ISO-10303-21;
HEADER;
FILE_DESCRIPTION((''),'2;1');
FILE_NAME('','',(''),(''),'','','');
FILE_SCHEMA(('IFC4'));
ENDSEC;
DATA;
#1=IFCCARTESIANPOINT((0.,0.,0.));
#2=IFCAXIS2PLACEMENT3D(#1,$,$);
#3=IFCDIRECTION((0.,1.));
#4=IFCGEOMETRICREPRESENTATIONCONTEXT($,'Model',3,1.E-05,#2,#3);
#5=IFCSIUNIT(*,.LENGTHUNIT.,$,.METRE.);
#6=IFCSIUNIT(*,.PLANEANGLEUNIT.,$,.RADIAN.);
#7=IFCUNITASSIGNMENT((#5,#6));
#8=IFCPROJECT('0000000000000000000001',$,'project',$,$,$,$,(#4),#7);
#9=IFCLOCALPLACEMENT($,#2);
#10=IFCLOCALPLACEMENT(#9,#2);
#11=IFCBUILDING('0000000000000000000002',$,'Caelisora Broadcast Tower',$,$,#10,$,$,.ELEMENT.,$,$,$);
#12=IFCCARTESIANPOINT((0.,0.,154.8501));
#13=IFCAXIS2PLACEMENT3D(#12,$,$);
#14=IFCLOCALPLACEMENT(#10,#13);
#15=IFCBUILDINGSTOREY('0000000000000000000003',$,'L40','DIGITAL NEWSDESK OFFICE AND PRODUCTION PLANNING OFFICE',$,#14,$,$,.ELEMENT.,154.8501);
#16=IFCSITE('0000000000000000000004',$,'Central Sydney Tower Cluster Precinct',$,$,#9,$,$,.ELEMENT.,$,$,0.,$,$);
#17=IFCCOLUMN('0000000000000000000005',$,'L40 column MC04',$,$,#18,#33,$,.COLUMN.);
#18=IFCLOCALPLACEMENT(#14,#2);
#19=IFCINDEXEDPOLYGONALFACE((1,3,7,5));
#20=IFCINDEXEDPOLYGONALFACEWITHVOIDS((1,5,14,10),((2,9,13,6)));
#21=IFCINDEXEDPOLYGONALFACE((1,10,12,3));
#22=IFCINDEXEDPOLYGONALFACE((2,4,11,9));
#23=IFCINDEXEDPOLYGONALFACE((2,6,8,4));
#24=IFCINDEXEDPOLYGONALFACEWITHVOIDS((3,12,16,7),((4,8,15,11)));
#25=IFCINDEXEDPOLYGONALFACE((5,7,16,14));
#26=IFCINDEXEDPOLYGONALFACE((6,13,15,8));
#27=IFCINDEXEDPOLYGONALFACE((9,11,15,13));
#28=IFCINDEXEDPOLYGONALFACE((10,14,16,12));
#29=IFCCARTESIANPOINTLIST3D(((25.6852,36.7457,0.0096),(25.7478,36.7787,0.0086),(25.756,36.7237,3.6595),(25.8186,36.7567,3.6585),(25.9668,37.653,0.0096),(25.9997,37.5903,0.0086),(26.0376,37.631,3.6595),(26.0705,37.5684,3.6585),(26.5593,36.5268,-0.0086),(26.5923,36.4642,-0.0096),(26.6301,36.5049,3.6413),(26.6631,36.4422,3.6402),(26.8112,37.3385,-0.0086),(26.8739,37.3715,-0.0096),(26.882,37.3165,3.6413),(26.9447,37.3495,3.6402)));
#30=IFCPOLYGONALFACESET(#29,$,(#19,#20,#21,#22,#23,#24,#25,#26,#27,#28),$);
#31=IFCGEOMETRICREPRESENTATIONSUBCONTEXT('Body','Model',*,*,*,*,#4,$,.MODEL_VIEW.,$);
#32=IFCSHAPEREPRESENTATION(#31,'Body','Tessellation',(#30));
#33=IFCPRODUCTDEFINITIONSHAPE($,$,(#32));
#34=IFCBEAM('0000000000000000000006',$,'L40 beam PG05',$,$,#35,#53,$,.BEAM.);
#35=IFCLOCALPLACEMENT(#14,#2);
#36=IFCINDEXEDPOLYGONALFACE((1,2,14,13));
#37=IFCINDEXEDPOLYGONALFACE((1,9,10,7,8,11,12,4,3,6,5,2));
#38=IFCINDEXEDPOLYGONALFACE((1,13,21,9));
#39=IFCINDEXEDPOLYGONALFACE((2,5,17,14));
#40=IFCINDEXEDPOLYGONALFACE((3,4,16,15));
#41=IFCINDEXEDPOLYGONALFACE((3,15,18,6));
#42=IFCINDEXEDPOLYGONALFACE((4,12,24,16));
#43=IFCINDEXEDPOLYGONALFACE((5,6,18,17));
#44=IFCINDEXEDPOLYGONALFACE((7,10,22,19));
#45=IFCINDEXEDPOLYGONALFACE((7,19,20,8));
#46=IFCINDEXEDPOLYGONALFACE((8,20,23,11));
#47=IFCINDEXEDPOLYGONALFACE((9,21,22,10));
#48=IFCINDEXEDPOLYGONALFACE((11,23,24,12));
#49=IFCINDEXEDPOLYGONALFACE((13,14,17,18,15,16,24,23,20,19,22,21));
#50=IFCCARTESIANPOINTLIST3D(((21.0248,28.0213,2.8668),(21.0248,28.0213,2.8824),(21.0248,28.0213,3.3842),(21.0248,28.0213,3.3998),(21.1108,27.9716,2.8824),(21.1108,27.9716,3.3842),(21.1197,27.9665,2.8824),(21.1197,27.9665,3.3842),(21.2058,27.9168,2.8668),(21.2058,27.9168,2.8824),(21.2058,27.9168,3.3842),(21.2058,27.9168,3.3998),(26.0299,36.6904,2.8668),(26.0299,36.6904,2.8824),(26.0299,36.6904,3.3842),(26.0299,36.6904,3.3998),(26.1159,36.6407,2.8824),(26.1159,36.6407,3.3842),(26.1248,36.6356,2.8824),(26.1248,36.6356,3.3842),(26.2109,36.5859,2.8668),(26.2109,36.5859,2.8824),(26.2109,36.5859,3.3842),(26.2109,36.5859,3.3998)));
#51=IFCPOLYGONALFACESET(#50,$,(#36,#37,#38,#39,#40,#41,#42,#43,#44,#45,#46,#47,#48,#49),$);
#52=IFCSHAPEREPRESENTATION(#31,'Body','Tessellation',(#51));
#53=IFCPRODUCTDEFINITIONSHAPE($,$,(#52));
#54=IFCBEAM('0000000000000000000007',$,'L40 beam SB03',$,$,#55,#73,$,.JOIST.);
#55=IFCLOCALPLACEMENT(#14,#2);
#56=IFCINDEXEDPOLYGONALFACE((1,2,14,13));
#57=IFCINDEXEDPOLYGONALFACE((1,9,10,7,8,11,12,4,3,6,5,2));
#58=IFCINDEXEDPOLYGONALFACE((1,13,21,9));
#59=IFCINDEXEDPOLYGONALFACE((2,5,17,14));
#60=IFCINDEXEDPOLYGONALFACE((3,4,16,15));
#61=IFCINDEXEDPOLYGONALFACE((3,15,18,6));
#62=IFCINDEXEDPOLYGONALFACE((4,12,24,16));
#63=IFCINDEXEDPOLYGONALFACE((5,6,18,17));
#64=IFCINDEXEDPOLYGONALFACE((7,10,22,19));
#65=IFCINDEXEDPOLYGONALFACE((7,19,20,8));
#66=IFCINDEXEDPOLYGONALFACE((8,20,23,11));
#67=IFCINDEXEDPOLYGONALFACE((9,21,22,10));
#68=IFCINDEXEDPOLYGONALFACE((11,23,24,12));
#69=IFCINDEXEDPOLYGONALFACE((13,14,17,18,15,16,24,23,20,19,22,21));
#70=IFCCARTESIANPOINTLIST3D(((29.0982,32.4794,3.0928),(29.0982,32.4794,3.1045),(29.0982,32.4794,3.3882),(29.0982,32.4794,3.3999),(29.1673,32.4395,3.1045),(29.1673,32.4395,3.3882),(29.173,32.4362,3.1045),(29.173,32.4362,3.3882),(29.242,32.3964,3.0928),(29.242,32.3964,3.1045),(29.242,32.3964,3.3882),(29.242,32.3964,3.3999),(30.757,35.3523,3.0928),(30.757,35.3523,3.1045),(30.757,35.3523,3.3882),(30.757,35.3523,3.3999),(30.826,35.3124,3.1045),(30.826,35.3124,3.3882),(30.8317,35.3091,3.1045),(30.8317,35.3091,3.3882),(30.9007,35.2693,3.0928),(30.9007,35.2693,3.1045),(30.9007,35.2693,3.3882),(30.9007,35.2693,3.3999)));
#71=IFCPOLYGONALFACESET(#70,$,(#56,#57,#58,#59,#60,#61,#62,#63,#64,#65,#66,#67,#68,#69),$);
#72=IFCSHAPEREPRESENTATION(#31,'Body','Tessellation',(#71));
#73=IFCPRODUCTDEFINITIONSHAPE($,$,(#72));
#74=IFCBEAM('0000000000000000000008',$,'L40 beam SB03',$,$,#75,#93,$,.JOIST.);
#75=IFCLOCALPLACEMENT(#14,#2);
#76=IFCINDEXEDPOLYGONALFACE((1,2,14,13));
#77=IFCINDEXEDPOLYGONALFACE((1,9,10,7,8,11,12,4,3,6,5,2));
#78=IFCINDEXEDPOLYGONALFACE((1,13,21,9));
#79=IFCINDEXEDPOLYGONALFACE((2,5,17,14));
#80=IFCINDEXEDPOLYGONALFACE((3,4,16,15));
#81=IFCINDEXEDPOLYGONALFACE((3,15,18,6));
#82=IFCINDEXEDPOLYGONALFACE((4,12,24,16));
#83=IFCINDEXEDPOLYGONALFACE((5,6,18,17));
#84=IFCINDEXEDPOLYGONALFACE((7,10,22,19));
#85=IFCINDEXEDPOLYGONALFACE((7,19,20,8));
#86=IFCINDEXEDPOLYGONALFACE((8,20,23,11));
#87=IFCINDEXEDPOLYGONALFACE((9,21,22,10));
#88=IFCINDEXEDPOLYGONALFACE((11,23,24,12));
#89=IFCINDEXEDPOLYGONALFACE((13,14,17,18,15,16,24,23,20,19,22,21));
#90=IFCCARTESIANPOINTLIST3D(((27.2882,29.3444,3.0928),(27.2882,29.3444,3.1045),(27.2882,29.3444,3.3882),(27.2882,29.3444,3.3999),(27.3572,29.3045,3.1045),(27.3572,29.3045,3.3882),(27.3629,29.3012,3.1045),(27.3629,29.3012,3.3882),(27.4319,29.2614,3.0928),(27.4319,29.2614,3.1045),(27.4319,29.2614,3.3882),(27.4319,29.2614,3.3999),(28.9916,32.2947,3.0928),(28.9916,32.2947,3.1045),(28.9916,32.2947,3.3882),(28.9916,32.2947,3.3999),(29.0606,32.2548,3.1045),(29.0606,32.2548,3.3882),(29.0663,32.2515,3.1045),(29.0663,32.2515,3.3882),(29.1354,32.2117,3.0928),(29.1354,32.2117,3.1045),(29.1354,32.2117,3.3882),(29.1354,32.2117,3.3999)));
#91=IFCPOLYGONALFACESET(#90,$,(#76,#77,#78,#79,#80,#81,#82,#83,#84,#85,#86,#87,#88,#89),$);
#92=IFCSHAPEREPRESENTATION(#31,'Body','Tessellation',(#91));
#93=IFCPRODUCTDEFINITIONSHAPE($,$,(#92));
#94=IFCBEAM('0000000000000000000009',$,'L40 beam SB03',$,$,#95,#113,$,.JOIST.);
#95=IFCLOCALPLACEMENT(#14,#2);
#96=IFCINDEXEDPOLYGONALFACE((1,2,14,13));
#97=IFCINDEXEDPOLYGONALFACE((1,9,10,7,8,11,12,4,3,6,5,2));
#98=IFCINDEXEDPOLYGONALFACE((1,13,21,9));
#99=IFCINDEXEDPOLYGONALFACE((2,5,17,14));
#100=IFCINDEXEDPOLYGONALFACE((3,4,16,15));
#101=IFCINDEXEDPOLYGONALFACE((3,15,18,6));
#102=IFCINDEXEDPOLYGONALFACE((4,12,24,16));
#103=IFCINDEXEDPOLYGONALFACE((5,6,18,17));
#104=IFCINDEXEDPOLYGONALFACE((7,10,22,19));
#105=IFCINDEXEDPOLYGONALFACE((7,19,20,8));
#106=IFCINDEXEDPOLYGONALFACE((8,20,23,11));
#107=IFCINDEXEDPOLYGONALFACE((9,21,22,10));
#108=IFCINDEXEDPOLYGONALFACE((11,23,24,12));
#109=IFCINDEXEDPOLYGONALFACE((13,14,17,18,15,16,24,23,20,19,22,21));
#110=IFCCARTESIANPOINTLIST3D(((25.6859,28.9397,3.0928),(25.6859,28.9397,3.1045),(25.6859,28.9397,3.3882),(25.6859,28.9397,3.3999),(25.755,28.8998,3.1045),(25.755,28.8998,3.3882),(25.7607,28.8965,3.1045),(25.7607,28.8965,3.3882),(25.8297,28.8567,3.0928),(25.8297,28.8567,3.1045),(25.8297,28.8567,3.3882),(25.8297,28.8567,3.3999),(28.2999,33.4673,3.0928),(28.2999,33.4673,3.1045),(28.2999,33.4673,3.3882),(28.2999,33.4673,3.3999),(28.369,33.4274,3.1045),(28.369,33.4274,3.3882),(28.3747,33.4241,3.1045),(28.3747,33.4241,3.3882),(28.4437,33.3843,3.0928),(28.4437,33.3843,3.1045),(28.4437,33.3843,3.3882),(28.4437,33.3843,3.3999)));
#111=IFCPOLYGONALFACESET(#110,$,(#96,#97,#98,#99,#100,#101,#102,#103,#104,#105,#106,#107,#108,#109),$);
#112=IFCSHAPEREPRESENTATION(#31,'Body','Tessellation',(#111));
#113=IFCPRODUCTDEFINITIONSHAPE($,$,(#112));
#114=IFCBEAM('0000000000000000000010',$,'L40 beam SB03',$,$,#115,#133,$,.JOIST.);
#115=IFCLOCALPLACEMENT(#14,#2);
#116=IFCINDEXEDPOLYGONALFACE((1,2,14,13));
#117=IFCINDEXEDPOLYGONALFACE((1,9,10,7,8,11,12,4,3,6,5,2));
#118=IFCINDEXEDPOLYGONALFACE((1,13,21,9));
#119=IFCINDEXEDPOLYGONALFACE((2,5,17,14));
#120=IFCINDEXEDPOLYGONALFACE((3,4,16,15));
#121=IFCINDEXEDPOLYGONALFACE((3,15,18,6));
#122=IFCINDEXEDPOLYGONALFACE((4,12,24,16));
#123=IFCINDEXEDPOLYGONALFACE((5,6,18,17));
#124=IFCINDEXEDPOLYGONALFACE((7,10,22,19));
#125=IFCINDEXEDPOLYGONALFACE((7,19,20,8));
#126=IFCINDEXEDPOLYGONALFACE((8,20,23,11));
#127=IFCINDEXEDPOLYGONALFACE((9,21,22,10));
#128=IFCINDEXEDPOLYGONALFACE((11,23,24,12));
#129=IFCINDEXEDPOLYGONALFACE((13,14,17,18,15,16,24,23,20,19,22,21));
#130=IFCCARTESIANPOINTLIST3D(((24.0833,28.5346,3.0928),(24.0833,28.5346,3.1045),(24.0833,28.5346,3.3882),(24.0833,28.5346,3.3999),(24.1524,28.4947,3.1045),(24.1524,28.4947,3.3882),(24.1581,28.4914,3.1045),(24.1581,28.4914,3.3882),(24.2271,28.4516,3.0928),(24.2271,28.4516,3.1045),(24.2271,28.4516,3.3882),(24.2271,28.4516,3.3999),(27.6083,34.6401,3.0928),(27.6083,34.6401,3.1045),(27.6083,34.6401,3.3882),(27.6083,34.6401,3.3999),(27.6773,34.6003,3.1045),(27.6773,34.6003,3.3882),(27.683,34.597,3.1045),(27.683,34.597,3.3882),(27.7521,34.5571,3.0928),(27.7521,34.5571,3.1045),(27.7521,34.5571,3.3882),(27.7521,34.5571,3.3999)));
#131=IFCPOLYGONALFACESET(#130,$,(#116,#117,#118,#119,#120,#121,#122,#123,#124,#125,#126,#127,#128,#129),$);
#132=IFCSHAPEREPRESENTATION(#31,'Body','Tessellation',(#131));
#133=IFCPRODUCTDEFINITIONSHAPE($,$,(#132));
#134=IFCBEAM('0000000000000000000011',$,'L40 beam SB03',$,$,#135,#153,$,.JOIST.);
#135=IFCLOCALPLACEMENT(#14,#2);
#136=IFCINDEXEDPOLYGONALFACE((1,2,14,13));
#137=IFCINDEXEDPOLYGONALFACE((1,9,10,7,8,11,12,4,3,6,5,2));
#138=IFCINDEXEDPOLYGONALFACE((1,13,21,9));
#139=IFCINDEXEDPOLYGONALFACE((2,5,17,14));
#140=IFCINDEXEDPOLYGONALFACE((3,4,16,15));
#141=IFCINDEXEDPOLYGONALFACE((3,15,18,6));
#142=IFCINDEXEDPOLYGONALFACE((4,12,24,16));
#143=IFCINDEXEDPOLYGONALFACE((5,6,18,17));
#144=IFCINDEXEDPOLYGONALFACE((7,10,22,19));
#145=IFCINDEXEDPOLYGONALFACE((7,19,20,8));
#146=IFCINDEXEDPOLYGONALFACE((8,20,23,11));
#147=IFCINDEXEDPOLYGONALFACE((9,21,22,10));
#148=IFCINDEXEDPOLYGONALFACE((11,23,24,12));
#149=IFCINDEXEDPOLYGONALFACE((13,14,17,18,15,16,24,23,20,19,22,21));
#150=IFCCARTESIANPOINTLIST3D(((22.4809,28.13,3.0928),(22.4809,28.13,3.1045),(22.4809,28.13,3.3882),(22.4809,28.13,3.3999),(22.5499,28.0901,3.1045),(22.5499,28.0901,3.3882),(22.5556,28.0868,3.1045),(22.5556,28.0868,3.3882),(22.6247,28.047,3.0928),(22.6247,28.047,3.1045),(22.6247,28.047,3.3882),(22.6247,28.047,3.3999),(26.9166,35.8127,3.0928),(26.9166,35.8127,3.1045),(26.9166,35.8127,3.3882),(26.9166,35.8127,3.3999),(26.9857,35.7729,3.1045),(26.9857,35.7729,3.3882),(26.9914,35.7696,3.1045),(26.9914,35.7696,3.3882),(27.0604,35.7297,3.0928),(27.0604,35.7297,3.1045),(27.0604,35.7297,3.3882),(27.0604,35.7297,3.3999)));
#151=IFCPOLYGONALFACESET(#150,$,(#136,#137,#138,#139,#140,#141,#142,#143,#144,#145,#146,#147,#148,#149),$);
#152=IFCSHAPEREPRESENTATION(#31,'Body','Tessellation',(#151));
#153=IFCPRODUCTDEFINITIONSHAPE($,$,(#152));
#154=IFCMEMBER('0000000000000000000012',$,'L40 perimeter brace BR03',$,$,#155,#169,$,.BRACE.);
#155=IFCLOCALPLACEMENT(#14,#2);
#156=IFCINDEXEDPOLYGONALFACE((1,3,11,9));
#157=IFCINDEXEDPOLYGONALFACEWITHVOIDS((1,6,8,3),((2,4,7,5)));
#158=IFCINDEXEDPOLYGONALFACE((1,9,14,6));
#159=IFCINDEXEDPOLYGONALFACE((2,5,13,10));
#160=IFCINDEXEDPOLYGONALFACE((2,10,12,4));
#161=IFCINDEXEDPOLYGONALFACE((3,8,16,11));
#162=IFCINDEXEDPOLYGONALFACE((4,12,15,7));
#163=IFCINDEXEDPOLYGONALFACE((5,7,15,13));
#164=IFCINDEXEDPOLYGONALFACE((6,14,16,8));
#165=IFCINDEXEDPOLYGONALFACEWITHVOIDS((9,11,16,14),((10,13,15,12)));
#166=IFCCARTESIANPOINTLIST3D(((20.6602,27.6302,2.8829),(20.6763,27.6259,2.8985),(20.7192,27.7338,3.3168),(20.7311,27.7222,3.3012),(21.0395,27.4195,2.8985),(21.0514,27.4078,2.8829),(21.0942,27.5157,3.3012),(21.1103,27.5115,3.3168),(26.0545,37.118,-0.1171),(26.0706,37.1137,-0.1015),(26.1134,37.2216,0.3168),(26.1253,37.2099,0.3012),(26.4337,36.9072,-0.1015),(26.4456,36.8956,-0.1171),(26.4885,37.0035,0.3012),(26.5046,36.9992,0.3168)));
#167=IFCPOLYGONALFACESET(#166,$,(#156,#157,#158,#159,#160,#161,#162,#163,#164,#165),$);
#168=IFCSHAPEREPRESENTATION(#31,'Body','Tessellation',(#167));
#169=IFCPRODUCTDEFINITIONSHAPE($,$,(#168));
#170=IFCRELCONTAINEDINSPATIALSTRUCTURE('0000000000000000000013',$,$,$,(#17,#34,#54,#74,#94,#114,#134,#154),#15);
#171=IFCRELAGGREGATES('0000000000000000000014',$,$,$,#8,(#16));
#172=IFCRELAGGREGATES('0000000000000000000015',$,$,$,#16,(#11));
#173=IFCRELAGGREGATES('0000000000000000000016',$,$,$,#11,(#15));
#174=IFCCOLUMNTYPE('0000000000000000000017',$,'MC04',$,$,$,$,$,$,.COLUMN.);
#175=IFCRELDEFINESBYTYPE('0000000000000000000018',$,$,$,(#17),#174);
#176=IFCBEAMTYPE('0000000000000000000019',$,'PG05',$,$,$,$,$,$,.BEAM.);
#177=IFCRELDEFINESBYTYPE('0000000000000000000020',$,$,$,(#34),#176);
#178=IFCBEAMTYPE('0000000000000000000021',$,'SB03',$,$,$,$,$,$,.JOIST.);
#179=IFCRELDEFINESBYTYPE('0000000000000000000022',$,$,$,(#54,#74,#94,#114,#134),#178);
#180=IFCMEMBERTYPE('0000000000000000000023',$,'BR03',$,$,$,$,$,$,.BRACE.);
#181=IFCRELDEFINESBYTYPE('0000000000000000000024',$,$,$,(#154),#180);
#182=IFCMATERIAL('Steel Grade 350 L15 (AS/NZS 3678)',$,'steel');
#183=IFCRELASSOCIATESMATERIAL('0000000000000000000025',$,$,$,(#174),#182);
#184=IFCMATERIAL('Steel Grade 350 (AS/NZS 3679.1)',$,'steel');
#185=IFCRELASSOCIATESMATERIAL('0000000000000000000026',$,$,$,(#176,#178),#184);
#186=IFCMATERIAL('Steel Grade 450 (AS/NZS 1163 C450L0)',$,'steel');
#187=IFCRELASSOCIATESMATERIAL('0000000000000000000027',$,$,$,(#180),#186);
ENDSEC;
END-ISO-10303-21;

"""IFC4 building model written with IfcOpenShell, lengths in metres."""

from ifc_helpers import new_model, si_unit, direction, frame, origin, origin_2d, place, context, subcontext, project, spatial, hollow_rectangle, i_section, extrude, source, transform, mapped, material, material_profile, profile_set, type_object, type_shapes, element, save


model = new_model("IFC4")

# Units and contexts
model_context = context("Model", 3, precision=1e-05, world=origin(), true_north=direction((0.0, 1.0)))
body_context = subcontext(model_context, "Body", "Model", "MODEL_VIEW")
ifc_project = project(units=[si_unit("LENGTHUNIT", "METRE"), si_unit("PLANEANGLEUNIT", "RADIAN")], contexts=[model_context])

# Site, building, storey
site_placement = place(None, origin())
site = spatial("IfcSite", under=ifc_project, at=site_placement, Name="Central Sydney Tower Cluster Precinct", CompositionType="ELEMENT", RefElevation=0.0)
building_placement = place(site_placement, origin())
building = spatial("IfcBuilding", under=site, at=building_placement, Name="Caelisora Broadcast Tower", CompositionType="ELEMENT")
storey_placement = place(building_placement, frame((0.0, 0.0, 154.8501)))
storey = spatial("IfcBuildingStorey", under=building, at=storey_placement, Name="L40", Description="DIGITAL NEWSDESK OFFICE AND PRODUCTION PLANNING OFFICE", CompositionType="ELEMENT", Elevation=154.8501)

# Column
ifc_material_1 = material(Name="Steel Grade 350 L15 (AS/NZS 3678)", Category="steel")
ifc_material_profile_1 = material_profile(ifc_material_1, hollow_rectangle(XDim=0.95, YDim=0.95, WallThickness=0.05, at=origin_2d()), Name="Steel Grade 350 L15 (AS/NZS 3678)")
ifc_profile_set_1 = profile_set([ifc_material_profile_1], Name="Steel Grade 350 L15 (AS/NZS 3678)")
column_type = type_object("IfcColumnType", Name="MC04", PredefinedType="COLUMN", material=ifc_profile_set_1)
shared_shape_1 = source(origin(), body_context, "Body", "SweptSolid", [
    extrude(hollow_rectangle(XDim=0.95, YDim=0.95, WallThickness=0.05, at=origin_2d()), origin(), (0.0, 0.0, 1.0), 3.6506),
])
type_shapes(column_type, [shared_shape_1])
column_placement = place(storey_placement, frame((26.2795, 37.0586, 0.0), z_axis=(0.019394, -0.006019, 0.999794), x_axis=(0.296399, 0.955064, 0.0)))
element("IfcColumn", 1, at=column_placement, inside=storey, type_object=column_type, Name="L40 column MC04", PredefinedType="COLUMN", context=body_context, shape_type="MappedRepresentation", body=[
    mapped(shared_shape_1, transform((0.0, 0.0, 0.0), scale=1.0)),
])

# Beams
ifc_material_2 = material(Name="Steel Grade 350 (AS/NZS 3679.1)", Category="steel")
ifc_material_profile_2 = material_profile(ifc_material_2, i_section(OverallWidth=0.209, OverallDepth=0.533, WebThickness=0.0103, FlangeThickness=0.0156, at=origin_2d()), Name="Steel Grade 350 (AS/NZS 3679.1)")
ifc_profile_set_2 = profile_set([ifc_material_profile_2], Name="Steel Grade 350 (AS/NZS 3679.1)")
beam_type_1 = type_object("IfcBeamType", Name="PG05", PredefinedType="BEAM", material=ifc_profile_set_2)
shared_shape_2 = source(origin(), body_context, "Body", "SweptSolid", [
    extrude(i_section(OverallWidth=0.209, OverallDepth=0.533, WebThickness=0.0103, FlangeThickness=0.0156, at=origin_2d()), origin(), (0.0, 0.0, 1.0), 10.0103),
])
type_shapes(beam_type_1, [shared_shape_2])
beam_1_placement = place(storey_placement, frame((26.1204, 36.6382, 3.1333), z_axis=(-0.499998, -0.866027, 0.0), x_axis=(0.866027, -0.499998, 0.0)))
element("IfcBeam", 2, at=beam_1_placement, inside=storey, type_object=beam_type_1, Name="L40 beam PG05", PredefinedType="BEAM", context=body_context, shape_type="MappedRepresentation", body=[
    mapped(shared_shape_2, transform((0.0, 0.0, 0.0), scale=1.0)),
])
ifc_material_profile_3 = material_profile(ifc_material_2, i_section(OverallWidth=0.166, OverallDepth=0.3071, WebThickness=0.0066, FlangeThickness=0.0117, at=origin_2d()), Name="Steel Grade 350 (AS/NZS 3679.1)")
ifc_profile_set_3 = profile_set([ifc_material_profile_3], Name="Steel Grade 350 (AS/NZS 3679.1)")
beam_type_2 = type_object("IfcBeamType", Name="SB03", PredefinedType="JOIST", material=ifc_profile_set_3)
shared_shape_3 = source(origin(), body_context, "Body", "SweptSolid", [
    extrude(i_section(OverallWidth=0.166, OverallDepth=0.3071, WebThickness=0.0066, FlangeThickness=0.0117, at=origin_2d()), origin(), (0.0, 0.0, 1.0), 3.3174),
])
beam_2_placement = place(storey_placement, frame((30.8289, 35.3108, 3.2463), z_axis=(-0.500018, -0.866015, 0.0), x_axis=(0.866015, -0.500018, 0.0)))
element("IfcBeam", 3, at=beam_2_placement, inside=storey, type_object=beam_type_2, Name="L40 beam SB03", PredefinedType="JOIST", context=body_context, shape_type="MappedRepresentation", body=[
    mapped(shared_shape_3, transform((0.0, 0.0, 0.0), scale=1.0)),
])
shared_shape_4 = source(origin(), body_context, "Body", "SweptSolid", [
    extrude(i_section(OverallWidth=0.166, OverallDepth=0.3071, WebThickness=0.0066, FlangeThickness=0.0117, at=origin_2d()), origin(), (0.0, 0.0, 1.0), 3.4067),
])
beam_3_placement = place(storey_placement, frame((29.0635, 32.2532, 3.2463), z_axis=(-0.500016, -0.866016, 0.0), x_axis=(0.866016, -0.500016, 0.0)))
element("IfcBeam", 4, at=beam_3_placement, inside=storey, type_object=beam_type_2, Name="L40 beam SB03", PredefinedType="JOIST", context=body_context, shape_type="MappedRepresentation", body=[
    mapped(shared_shape_4, transform((0.0, 0.0, 0.0), scale=1.0)),
])
shared_shape_5 = source(origin(), body_context, "Body", "SweptSolid", [
    extrude(i_section(OverallWidth=0.166, OverallDepth=0.3071, WebThickness=0.0066, FlangeThickness=0.0117, at=origin_2d()), origin(), (0.0, 0.0, 1.0), 5.228),
])
beam_4_placement = place(storey_placement, frame((28.3718, 33.4258, 3.2463), z_axis=(-0.500001, -0.866025, 0.0), x_axis=(0.866025, -0.500001, 0.0)))
element("IfcBeam", 5, at=beam_4_placement, inside=storey, type_object=beam_type_2, Name="L40 beam SB03", PredefinedType="JOIST", context=body_context, shape_type="MappedRepresentation", body=[
    mapped(shared_shape_5, transform((0.0, 0.0, 0.0), scale=1.0)),
])
shared_shape_6 = source(origin(), body_context, "Body", "SweptSolid", [
    extrude(i_section(OverallWidth=0.166, OverallDepth=0.3071, WebThickness=0.0066, FlangeThickness=0.0117, at=origin_2d()), origin(), (0.0, 0.0, 1.0), 7.05),
])
beam_5_placement = place(storey_placement, frame((27.6802, 34.5986, 3.2463), z_axis=(-0.49999, -0.866031, 0.0), x_axis=(0.866031, -0.49999, 0.0)))
element("IfcBeam", 6, at=beam_5_placement, inside=storey, type_object=beam_type_2, Name="L40 beam SB03", PredefinedType="JOIST", context=body_context, shape_type="MappedRepresentation", body=[
    mapped(shared_shape_6, transform((0.0, 0.0, 0.0), scale=1.0)),
])
shared_shape_7 = source(origin(), body_context, "Body", "SweptSolid", [
    extrude(i_section(OverallWidth=0.166, OverallDepth=0.3071, WebThickness=0.0066, FlangeThickness=0.0117, at=origin_2d()), origin(), (0.0, 0.0, 1.0), 8.8713),
])
type_shapes(beam_type_2, [shared_shape_3, shared_shape_4, shared_shape_5, shared_shape_6, shared_shape_7])
beam_6_placement = place(storey_placement, frame((26.9885, 35.7712, 3.2463), z_axis=(-0.500008, -0.866021, 0.0), x_axis=(0.866021, -0.500008, 0.0)))
element("IfcBeam", 7, at=beam_6_placement, inside=storey, type_object=beam_type_2, Name="L40 beam SB03", PredefinedType="JOIST", context=body_context, shape_type="MappedRepresentation", body=[
    mapped(shared_shape_7, transform((0.0, 0.0, 0.0), scale=1.0)),
])

# Member
ifc_material_3 = material(Name="Steel Grade 450 (AS/NZS 1163 C450L0)", Category="steel")
ifc_material_profile_4 = material_profile(ifc_material_3, hollow_rectangle(XDim=0.45, YDim=0.45, WallThickness=0.0161, at=origin_2d()), Name="Steel Grade 450 (AS/NZS 1163 C450L0)")
ifc_profile_set_4 = profile_set([ifc_material_profile_4], Name="Steel Grade 450 (AS/NZS 1163 C450L0)")
member_type_1 = type_object("IfcMemberType", Name="BR03", PredefinedType="BRACE", material=ifc_profile_set_4)
shared_shape_8 = source(origin(), body_context, "Body", "SweptSolid", [
    extrude(hollow_rectangle(XDim=0.45, YDim=0.45, WallThickness=0.0161, at=origin_2d()), origin(), (0.0, 0.0, 1.0), 11.3188),
])
type_shapes(member_type_1, [shared_shape_8])
member_1_placement = place(storey_placement, frame((26.2795, 37.0586, 0.0999), z_axis=(-0.476575, -0.838229, 0.265044), x_axis=(0.869319, -0.494252, 0.0)))
element("IfcMember", 8, at=member_1_placement, inside=storey, type_object=member_type_1, Name="L40 perimeter brace BR03", PredefinedType="BRACE", context=body_context, shape_type="MappedRepresentation", body=[
    mapped(shared_shape_8, transform((0.0, 0.0, 0.0), scale=1.0)),
])

save(model, "model.ifc")
